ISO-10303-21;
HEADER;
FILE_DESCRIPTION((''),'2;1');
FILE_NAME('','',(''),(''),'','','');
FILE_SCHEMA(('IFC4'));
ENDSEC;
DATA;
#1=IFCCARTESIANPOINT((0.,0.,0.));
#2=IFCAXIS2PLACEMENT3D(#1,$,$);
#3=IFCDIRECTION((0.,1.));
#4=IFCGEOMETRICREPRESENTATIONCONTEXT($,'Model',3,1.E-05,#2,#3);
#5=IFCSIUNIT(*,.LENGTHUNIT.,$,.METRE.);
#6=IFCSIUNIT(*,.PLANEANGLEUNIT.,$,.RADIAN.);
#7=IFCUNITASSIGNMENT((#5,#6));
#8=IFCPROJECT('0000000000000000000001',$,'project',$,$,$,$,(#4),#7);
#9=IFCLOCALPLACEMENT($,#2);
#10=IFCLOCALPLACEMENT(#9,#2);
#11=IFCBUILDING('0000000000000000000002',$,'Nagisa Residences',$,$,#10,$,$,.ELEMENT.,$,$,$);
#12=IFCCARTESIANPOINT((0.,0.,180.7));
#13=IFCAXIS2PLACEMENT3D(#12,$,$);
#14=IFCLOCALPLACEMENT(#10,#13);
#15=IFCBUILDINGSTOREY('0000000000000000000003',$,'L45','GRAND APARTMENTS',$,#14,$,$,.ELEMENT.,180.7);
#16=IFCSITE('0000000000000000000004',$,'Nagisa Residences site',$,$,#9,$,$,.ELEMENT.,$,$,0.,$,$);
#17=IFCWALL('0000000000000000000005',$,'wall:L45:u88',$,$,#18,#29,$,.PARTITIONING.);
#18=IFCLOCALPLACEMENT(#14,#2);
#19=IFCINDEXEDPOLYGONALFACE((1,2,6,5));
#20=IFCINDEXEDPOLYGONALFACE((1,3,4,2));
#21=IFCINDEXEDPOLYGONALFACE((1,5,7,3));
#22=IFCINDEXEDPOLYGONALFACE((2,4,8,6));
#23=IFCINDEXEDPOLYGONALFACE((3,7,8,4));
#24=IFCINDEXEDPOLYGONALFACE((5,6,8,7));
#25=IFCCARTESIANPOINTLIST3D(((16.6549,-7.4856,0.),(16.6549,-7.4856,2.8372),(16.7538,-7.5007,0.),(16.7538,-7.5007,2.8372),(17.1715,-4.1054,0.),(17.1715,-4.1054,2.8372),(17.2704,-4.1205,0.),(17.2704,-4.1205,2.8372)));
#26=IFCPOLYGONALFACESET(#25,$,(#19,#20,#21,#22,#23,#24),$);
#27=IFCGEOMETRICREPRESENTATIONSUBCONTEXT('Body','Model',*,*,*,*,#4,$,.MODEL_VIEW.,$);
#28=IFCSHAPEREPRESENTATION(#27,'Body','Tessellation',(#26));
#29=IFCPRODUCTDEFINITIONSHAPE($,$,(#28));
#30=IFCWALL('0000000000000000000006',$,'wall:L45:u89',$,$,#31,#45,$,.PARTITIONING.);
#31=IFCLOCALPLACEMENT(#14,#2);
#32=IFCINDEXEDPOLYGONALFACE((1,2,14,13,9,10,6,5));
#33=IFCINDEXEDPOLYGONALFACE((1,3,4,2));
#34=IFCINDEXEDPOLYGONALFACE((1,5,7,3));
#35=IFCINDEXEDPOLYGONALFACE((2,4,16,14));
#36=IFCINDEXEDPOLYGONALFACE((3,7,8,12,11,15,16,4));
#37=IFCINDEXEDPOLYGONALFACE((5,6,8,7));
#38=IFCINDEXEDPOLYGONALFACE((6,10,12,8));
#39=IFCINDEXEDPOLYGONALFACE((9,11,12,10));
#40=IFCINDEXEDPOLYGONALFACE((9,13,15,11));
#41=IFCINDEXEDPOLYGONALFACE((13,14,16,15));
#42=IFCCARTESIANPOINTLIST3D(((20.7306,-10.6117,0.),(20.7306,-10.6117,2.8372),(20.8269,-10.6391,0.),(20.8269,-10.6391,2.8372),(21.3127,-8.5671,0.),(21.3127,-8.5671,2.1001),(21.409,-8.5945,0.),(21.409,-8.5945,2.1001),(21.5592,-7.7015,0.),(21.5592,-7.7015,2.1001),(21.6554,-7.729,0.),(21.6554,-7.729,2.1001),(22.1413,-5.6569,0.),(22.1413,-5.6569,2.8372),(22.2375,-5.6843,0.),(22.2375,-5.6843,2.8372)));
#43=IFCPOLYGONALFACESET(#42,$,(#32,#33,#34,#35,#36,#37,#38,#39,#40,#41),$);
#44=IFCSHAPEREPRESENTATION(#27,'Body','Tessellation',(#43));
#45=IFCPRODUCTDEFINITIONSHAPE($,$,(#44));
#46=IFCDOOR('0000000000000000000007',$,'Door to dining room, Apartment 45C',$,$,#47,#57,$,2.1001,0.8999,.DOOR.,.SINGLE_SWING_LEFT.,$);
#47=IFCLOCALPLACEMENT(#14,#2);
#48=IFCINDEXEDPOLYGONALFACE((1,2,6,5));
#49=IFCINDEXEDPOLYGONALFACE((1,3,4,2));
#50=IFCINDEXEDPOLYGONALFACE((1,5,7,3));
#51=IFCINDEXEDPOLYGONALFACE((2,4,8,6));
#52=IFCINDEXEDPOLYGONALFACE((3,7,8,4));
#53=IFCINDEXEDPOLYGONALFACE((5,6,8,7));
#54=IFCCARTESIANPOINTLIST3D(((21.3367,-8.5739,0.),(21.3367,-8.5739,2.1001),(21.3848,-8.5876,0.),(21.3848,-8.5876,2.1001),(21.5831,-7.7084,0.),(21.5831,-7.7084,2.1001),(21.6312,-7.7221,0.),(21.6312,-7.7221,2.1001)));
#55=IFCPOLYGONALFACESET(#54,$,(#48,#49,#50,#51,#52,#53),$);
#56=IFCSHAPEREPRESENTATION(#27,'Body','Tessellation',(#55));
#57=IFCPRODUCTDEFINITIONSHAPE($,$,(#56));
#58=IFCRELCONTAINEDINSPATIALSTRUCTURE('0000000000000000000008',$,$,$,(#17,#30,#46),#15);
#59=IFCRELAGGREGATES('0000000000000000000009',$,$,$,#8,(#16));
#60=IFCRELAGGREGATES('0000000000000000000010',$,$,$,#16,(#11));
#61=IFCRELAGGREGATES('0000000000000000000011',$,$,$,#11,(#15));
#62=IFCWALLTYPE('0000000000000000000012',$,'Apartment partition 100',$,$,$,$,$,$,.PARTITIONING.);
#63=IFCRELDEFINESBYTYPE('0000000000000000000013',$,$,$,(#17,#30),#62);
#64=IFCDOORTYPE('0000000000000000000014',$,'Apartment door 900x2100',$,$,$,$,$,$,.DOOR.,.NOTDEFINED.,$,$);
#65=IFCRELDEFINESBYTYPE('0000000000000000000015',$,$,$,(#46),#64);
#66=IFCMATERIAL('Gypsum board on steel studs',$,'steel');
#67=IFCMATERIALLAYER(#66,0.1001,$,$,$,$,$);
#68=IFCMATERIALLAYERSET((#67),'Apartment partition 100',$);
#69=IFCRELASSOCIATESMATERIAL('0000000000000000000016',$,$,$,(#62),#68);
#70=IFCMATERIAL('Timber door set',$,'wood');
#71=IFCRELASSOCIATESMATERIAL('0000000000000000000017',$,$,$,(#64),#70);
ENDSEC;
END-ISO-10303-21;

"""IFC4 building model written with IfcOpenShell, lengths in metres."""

from ifc_helpers import new_model, si_unit, direction, frame, frame_2d, origin, place, context, subcontext, project, spatial, rectangle, extrude, material, layer, layer_set, type_object, element, fill, save


model = new_model("IFC4")

# Units and contexts
model_context = context("Model", 3, precision=1e-05, world=origin(), true_north=direction((0.0, 1.0)))
body_context = subcontext(model_context, "Body", "Model", "MODEL_VIEW")
ifc_project = project(units=[si_unit("LENGTHUNIT", "METRE"), si_unit("PLANEANGLEUNIT", "RADIAN")], contexts=[model_context])

# Site, building, storey
site_placement = place(None, origin())
site = spatial("IfcSite", under=ifc_project, at=site_placement, Name="Nagisa Residences site", CompositionType="ELEMENT", RefElevation=0.0)
building_placement = place(site_placement, origin())
building = spatial("IfcBuilding", under=site, at=building_placement, Name="Nagisa Residences", CompositionType="ELEMENT")
storey_placement = place(building_placement, frame((0.0, 0.0, 180.7)))
storey = spatial("IfcBuildingStorey", under=building, at=storey_placement, Name="L45", Description="GRAND APARTMENTS", CompositionType="ELEMENT", Elevation=180.7)

# Shared definitions
ifc_material_1 = material(Name="Gypsum board on steel studs", Category="steel")
ifc_layer_1 = layer(ifc_material_1, 0.1001)
ifc_layer_set_1 = layer_set([ifc_layer_1], Name="Apartment partition 100")
wall_type_1 = type_object("IfcWallType", Name="Apartment partition 100", PredefinedType="PARTITIONING", material=ifc_layer_set_1)
ifc_material_2 = material(Name="Timber door set", Category="wood")
door_type_1 = type_object("IfcDoorType", Name="Apartment door 900x2100", OperationType="NOTDEFINED", PredefinedType="DOOR", material=ifc_material_2)

# Wall
wall_1_placement = place(storey_placement, frame((16.7043, -7.4932, 0.0), z_axis=(0.0, 0.0, 1.0), x_axis=(0.151081, 0.988521, 0.0)))
element("IfcWall", 1, at=wall_1_placement, inside=storey, type_object=wall_type_1, Name="wall:L45:u88", PredefinedType="PARTITIONING", context=body_context, shape_type="SweptSolid", body=[
    extrude(rectangle(XDim=3.4194, YDim=0.1001, at=frame_2d((1.7097, 0.0))), origin(), (0.0, 0.0, 1.0), 2.8372),
])

# Wall, opening, door
wall_2_placement = place(storey_placement, frame((20.7788, -10.6252, 0.0), z_axis=(0.0, 0.0, 1.0), x_axis=(0.27382, 0.961781, 0.0)))
wall_2 = element("IfcWall", 2, at=wall_2_placement, inside=storey, type_object=wall_type_1, Name="wall:L45:u89", PredefinedType="PARTITIONING", context=body_context, shape_type="SweptSolid", body=[
    extrude(rectangle(XDim=5.1516, YDim=0.1001, at=frame_2d((2.5757, 0.0))), origin(), (0.0, 0.0, 1.0), 2.8372),
])
opening_1_placement = place(wall_2_placement, frame((2.1257, 0.0, 0.0)))
opening_1 = element("IfcOpeningElement", 3, at=opening_1_placement, cuts=wall_2, PredefinedType="OPENING", context=body_context, shape_type="SweptSolid", body=[
    extrude(rectangle(XDim=0.8999, YDim=2.1001, at=frame_2d((0.45, 1.05))), frame((0.0, 0.0601, 0.0), z_axis=(0.0, -1.0, 0.0), x_axis=(1.0, 0.0, 0.0)), (0.0, 0.0, 1.0), 0.1201),
])
door_1_placement = place(opening_1_placement, frame((0.8999, 0.0, 0.0), x_axis=(-1.0, 0.0, 0.0)))
door_1 = element("IfcDoor", 4, at=door_1_placement, inside=storey, type_object=door_type_1, Name="Door to dining room, Apartment 45C", OperationType="SINGLE_SWING_LEFT", OverallHeight=2.1001, OverallWidth=0.8999, PredefinedType="DOOR", context=body_context, shape_type="SweptSolid", body=[
    extrude(rectangle(XDim=0.8999, YDim=2.1001, at=frame_2d((0.45, 1.05))), frame((0.0, 0.0249, 0.0), z_axis=(0.0, -1.0, 0.0), x_axis=(1.0, 0.0, 0.0)), (0.0, 0.0, 1.0), 0.05),
])
fill(opening_1, door_1)

save(model, "model.ifc")
